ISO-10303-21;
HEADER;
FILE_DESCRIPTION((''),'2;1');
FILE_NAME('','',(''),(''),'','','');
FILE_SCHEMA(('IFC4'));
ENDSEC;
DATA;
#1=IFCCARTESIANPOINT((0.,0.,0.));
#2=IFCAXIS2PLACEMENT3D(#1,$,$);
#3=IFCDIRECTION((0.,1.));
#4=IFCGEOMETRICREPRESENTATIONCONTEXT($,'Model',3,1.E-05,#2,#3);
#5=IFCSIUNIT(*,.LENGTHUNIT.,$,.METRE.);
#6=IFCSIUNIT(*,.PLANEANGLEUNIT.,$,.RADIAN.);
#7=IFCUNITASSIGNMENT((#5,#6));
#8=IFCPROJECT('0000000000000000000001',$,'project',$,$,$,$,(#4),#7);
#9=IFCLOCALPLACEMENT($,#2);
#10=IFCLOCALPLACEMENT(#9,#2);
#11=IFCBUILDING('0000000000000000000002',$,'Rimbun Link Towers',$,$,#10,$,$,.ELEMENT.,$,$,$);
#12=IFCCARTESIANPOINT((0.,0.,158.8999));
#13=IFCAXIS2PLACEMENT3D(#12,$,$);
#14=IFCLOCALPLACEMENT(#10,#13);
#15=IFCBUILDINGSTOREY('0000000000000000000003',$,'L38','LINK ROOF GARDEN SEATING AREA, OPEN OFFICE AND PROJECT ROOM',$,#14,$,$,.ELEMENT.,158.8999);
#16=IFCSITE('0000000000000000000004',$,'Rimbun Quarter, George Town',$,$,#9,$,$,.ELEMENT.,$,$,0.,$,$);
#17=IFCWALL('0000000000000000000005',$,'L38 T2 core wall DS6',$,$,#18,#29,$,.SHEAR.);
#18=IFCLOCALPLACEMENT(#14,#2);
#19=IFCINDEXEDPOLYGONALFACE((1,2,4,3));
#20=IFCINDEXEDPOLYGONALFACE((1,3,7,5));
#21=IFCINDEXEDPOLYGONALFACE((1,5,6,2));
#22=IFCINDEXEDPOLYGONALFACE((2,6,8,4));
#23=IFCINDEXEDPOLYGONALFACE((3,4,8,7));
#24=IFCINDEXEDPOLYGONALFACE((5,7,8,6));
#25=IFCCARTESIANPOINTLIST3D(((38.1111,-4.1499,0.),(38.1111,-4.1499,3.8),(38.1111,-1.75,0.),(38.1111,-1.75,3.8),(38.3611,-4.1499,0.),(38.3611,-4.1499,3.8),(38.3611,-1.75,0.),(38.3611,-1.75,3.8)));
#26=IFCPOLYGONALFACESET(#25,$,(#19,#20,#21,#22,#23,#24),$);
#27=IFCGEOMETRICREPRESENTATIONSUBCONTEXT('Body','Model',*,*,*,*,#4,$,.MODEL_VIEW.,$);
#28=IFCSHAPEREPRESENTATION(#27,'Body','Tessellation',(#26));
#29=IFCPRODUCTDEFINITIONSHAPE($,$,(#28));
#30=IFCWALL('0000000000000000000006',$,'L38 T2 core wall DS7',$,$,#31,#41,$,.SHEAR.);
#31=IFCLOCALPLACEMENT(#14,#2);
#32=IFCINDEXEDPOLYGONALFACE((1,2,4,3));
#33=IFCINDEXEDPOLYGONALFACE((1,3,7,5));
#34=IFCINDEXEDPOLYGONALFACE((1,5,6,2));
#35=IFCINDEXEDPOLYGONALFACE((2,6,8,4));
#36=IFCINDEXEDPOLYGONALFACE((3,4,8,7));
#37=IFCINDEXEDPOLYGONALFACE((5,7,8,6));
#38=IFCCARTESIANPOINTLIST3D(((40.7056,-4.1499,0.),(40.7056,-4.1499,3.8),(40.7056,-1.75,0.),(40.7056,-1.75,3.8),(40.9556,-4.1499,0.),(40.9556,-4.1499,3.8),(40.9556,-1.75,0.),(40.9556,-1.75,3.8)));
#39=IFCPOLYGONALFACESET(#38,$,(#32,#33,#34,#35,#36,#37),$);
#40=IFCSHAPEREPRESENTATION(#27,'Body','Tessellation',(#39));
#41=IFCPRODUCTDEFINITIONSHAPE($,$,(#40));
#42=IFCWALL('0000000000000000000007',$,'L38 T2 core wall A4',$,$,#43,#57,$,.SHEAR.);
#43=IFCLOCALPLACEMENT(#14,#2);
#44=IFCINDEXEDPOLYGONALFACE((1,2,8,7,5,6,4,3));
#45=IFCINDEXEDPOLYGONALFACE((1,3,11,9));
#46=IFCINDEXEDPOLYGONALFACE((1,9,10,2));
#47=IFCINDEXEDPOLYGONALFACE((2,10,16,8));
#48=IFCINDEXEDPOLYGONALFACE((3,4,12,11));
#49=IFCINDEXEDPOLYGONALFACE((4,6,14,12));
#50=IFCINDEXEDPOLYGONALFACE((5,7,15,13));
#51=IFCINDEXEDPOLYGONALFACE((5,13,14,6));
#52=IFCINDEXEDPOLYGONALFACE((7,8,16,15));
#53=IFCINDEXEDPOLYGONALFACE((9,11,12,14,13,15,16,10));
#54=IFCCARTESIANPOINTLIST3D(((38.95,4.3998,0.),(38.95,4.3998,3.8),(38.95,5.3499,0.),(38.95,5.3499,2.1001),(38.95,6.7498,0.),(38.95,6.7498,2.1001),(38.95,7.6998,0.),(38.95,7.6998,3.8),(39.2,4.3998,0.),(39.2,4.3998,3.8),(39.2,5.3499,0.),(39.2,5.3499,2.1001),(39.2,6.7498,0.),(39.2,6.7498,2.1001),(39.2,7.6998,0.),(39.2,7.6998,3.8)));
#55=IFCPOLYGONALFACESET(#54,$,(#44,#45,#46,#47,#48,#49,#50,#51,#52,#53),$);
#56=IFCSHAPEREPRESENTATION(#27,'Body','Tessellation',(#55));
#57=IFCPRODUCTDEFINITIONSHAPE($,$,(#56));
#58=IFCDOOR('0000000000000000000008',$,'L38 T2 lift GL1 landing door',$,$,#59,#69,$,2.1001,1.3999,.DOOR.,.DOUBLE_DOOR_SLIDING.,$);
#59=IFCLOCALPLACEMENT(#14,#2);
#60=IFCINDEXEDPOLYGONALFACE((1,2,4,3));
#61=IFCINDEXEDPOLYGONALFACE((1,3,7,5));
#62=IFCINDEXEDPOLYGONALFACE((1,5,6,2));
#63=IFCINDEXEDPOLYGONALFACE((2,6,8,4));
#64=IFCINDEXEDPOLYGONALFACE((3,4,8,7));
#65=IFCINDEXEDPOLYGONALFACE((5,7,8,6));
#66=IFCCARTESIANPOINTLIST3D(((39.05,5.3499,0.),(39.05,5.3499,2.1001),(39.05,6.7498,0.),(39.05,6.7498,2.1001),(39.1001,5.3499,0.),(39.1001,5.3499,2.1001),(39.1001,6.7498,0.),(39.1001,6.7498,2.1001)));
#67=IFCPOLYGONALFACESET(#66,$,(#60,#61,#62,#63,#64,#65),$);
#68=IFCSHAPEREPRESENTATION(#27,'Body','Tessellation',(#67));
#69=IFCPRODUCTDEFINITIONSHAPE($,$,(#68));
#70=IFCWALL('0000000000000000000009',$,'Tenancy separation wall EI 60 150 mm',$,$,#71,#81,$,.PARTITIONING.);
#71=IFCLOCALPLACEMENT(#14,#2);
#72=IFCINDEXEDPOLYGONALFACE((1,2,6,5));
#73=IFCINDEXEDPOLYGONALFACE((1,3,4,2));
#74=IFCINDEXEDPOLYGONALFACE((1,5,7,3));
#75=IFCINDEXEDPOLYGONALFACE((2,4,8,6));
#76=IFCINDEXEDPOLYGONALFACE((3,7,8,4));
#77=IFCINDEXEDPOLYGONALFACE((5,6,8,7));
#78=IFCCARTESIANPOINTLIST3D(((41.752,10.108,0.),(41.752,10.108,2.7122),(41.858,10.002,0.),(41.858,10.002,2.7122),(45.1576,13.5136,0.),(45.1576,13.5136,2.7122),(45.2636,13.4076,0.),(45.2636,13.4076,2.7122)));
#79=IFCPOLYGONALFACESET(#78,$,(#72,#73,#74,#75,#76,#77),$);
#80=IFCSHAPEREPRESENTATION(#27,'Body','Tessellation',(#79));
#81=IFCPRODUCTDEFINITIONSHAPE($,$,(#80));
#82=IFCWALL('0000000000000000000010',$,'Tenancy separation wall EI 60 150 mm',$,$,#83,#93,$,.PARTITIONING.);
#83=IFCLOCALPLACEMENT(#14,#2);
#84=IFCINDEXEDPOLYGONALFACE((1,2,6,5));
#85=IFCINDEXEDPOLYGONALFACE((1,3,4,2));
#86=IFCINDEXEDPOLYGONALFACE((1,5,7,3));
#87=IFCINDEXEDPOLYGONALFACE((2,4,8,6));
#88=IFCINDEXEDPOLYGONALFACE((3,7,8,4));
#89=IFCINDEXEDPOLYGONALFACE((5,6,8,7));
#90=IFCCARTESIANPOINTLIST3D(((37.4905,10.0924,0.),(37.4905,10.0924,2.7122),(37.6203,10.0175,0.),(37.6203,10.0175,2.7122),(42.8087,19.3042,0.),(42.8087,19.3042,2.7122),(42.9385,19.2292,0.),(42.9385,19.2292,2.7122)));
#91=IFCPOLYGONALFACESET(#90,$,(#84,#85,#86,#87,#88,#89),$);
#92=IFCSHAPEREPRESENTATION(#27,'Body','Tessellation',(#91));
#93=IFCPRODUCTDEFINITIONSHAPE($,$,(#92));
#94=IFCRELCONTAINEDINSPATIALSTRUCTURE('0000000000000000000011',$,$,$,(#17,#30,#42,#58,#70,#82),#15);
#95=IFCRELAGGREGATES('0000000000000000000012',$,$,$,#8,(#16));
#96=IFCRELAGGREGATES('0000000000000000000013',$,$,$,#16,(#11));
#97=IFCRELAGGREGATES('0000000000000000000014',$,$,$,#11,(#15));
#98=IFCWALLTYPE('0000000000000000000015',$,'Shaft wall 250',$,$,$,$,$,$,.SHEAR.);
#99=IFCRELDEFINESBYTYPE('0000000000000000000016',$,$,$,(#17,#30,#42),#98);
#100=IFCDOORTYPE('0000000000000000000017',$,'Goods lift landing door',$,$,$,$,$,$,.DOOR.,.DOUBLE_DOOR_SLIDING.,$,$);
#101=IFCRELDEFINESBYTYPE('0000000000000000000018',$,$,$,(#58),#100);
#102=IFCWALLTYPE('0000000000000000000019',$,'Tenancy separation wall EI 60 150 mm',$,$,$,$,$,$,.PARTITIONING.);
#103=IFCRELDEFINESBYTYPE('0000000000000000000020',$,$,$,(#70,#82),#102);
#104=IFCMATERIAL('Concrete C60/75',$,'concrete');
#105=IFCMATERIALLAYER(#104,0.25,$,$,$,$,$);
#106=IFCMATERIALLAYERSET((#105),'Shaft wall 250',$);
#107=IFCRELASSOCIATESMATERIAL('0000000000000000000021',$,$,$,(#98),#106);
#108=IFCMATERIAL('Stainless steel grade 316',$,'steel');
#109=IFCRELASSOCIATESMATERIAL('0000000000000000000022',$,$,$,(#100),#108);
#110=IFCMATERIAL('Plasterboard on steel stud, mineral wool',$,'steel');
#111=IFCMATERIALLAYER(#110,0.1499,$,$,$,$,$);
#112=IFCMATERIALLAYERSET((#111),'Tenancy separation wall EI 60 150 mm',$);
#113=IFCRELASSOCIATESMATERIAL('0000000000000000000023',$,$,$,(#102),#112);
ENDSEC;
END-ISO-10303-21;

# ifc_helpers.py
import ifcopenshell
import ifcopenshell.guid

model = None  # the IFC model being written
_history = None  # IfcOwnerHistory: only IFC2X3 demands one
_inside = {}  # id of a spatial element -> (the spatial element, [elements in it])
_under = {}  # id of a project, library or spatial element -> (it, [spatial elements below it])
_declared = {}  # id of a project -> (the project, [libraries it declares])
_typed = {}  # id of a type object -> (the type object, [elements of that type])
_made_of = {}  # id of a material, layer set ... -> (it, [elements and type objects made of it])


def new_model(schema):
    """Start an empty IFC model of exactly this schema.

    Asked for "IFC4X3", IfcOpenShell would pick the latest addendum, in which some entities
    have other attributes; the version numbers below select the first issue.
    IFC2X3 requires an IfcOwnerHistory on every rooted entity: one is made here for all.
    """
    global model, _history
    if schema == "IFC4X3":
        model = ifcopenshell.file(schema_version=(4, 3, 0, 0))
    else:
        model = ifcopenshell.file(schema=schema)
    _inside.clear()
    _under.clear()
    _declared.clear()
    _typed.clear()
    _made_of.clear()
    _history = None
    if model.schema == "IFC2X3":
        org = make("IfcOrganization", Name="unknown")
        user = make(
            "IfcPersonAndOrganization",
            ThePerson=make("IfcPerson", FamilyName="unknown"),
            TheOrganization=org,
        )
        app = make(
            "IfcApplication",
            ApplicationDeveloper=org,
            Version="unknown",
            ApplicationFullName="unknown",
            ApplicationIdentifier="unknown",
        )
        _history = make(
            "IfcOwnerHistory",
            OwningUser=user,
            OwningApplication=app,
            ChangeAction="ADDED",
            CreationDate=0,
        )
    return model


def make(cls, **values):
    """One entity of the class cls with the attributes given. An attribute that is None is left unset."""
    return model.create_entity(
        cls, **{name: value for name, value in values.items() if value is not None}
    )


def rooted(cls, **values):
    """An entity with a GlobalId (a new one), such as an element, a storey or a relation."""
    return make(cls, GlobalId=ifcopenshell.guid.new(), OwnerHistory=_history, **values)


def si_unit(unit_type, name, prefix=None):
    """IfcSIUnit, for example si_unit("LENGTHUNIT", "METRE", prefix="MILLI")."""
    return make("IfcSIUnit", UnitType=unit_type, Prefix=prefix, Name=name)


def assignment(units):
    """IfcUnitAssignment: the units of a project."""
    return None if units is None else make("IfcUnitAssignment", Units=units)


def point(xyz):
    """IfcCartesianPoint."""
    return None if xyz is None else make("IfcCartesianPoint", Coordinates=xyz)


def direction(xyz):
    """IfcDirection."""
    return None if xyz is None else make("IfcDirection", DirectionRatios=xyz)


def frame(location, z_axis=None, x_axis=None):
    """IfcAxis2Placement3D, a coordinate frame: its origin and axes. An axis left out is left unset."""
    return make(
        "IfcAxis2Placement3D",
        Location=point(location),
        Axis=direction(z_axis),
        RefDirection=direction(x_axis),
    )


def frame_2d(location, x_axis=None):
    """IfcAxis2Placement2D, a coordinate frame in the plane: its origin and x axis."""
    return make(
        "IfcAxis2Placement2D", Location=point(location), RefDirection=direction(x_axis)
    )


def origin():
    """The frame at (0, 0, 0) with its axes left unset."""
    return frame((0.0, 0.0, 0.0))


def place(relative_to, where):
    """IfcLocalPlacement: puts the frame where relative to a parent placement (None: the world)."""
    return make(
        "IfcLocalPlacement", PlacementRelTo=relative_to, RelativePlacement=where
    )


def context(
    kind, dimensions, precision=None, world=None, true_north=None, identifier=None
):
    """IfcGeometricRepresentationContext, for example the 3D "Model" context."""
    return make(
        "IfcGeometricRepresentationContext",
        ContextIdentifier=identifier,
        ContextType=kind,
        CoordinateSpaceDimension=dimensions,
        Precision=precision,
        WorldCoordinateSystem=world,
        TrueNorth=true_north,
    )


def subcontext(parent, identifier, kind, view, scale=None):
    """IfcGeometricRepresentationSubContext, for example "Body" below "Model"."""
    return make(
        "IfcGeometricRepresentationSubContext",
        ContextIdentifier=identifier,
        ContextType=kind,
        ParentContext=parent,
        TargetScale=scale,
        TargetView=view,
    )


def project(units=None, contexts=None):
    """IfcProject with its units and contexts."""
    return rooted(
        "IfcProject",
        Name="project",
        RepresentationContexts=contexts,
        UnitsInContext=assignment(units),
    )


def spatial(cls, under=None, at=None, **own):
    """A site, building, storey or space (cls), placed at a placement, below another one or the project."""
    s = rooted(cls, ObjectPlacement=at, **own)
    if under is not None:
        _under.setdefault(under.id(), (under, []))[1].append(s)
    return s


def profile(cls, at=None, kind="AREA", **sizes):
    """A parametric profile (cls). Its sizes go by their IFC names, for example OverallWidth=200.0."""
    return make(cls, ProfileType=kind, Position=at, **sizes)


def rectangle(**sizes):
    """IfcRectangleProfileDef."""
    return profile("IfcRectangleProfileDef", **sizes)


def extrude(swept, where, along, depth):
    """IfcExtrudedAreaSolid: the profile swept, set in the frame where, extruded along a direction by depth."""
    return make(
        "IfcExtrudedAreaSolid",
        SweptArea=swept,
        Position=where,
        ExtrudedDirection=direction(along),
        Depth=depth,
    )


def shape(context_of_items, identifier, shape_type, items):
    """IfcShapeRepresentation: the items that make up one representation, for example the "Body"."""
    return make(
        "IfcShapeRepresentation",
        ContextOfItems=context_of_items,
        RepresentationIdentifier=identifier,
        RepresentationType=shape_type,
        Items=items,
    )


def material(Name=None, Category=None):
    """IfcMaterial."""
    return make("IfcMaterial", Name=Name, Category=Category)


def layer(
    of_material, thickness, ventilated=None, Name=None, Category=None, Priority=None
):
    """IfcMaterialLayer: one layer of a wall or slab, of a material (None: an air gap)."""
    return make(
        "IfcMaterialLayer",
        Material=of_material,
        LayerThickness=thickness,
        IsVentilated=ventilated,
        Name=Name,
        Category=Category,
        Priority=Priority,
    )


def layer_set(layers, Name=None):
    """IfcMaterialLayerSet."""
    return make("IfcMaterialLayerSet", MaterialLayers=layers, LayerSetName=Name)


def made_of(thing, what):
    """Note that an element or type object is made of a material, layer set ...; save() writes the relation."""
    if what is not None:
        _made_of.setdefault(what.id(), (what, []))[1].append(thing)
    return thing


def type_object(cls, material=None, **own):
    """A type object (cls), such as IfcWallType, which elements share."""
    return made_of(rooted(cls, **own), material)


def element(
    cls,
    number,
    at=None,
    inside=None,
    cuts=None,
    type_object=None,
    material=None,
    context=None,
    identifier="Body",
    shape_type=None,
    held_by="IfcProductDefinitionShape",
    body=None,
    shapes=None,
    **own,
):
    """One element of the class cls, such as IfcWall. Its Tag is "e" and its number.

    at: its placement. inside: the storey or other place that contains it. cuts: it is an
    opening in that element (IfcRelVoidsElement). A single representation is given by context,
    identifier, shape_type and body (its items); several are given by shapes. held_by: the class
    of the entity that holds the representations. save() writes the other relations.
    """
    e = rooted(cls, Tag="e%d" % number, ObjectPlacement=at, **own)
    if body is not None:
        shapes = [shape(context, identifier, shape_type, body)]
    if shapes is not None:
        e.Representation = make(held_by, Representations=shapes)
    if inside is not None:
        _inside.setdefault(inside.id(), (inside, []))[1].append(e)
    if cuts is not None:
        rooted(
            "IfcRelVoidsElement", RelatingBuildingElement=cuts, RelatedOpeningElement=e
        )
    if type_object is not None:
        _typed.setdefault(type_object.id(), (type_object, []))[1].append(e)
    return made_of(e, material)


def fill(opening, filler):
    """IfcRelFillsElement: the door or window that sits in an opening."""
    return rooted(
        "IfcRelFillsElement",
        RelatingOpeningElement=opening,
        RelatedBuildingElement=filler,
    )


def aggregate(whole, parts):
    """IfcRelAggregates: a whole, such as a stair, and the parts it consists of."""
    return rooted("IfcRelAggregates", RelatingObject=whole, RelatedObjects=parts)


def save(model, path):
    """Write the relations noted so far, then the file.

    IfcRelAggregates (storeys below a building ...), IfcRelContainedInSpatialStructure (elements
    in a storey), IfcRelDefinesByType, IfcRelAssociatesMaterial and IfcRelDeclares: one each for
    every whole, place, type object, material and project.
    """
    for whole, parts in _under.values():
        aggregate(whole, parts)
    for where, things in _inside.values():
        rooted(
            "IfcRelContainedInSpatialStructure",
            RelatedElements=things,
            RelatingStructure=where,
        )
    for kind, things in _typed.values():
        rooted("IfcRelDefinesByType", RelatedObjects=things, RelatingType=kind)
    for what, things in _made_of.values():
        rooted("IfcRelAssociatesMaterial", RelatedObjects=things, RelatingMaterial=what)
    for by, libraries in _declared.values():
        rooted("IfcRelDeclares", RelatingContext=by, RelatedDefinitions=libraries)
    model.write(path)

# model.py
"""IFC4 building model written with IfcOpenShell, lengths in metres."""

from ifc_helpers import new_model, si_unit, direction, frame, frame_2d, origin, place, context, subcontext, project, spatial, rectangle, extrude, material, layer, layer_set, type_object, element, fill, save


model = new_model("IFC4")

# Units and contexts
model_context = context("Model", 3, precision=1e-05, world=origin(), true_north=direction((0.0, 1.0)))
body_context = subcontext(model_context, "Body", "Model", "MODEL_VIEW")
ifc_project = project(units=[si_unit("LENGTHUNIT", "METRE"), si_unit("PLANEANGLEUNIT", "RADIAN")], contexts=[model_context])

# Site, building, storey
site_placement = place(None, origin())
site = spatial("IfcSite", under=ifc_project, at=site_placement, Name="Rimbun Quarter, George Town", CompositionType="ELEMENT", RefElevation=0.0)
building_placement = place(site_placement, origin())
building = spatial("IfcBuilding", under=site, at=building_placement, Name="Rimbun Link Towers", CompositionType="ELEMENT")
storey_placement = place(building_placement, frame((0.0, 0.0, 158.8999)))
storey = spatial("IfcBuildingStorey", under=building, at=storey_placement, Name="L38", Description="LINK ROOF GARDEN SEATING AREA, OPEN OFFICE AND PROJECT ROOM", CompositionType="ELEMENT", Elevation=158.8999)

# Walls
ifc_material_1 = material(Name="Concrete C60/75", Category="concrete")
ifc_layer_1 = layer(ifc_material_1, 0.25)
ifc_layer_set_1 = layer_set([ifc_layer_1], Name="Shaft wall 250")
wall_type_1 = type_object("IfcWallType", Name="Shaft wall 250", PredefinedType="SHEAR", material=ifc_layer_set_1)
for number, where, z_axis, x_axis, name in (
    (1, (38.2361, -4.1499, 0.0), (0.0, 0.0, 1.0), (0.0, 1.0, 0.0), "L38 T2 core wall DS6"),
    (2, (40.8306, -4.1499, 0.0), (0.0, 0.0, 1.0), (0.0, 1.0, 0.0), "L38 T2 core wall DS7"),
):
    element("IfcWall", number, at=place(storey_placement, frame(where, z_axis=z_axis, x_axis=x_axis)), inside=storey, type_object=wall_type_1, Name=name, PredefinedType="SHEAR", context=body_context, shape_type="SweptSolid", body=[
        extrude(rectangle(XDim=2.3999, YDim=0.25, at=frame_2d((1.2, 0.0))), origin(), (0.0, 0.0, 1.0), 3.8),
    ])

# Wall, opening, door
wall_1_placement = place(storey_placement, frame((39.075, 4.3999, 0.0), z_axis=(0.0, 0.0, 1.0), x_axis=(0.0, 1.0, 0.0)))
wall_1 = element("IfcWall", 3, at=wall_1_placement, inside=storey, type_object=wall_type_1, Name="L38 T2 core wall A4", PredefinedType="SHEAR", context=body_context, shape_type="SweptSolid", body=[
    extrude(rectangle(XDim=3.3, YDim=0.25, at=frame_2d((1.6499, 0.0))), origin(), (0.0, 0.0, 1.0), 3.8),
])
opening_1_placement = place(wall_1_placement, frame((0.95, 0.0, 0.0)))
opening_1 = element("IfcOpeningElement", 4, at=opening_1_placement, cuts=wall_1, PredefinedType="OPENING", context=body_context, shape_type="SweptSolid", body=[
    extrude(rectangle(XDim=1.3999, YDim=2.1001, at=frame_2d((0.7, 1.05))), frame((0.0, 0.135, 0.0), z_axis=(0.0, -1.0, 0.0), x_axis=(1.0, 0.0, 0.0)), (0.0, 0.0, 1.0), 0.27),
])
ifc_material_2 = material(Name="Stainless steel grade 316", Category="steel")
door_type = type_object("IfcDoorType", Name="Goods lift landing door", OperationType="DOUBLE_DOOR_SLIDING", PredefinedType="DOOR", material=ifc_material_2)
door_placement = place(opening_1_placement, origin())
door = element("IfcDoor", 5, at=door_placement, inside=storey, type_object=door_type, Name="L38 T2 lift GL1 landing door", OperationType="DOUBLE_DOOR_SLIDING", OverallHeight=2.1001, OverallWidth=1.3999, PredefinedType="DOOR", context=body_context, shape_type="SweptSolid", body=[
    extrude(rectangle(XDim=1.3999, YDim=2.1001, at=frame_2d((0.7, 1.05))), frame((0.0, 0.0249, 0.0), z_axis=(0.0, -1.0, 0.0), x_axis=(1.0, 0.0, 0.0)), (0.0, 0.0, 1.0), 0.05),
])
fill(opening_1, door)

# Walls
ifc_material_3 = material(Name="Plasterboard on steel stud, mineral wool", Category="steel")
ifc_layer_2 = layer(ifc_material_3, 0.1499)
ifc_layer_set_2 = layer_set([ifc_layer_2], Name="Tenancy separation wall EI 60 150 mm")
wall_type_2 = type_object("IfcWallType", Name="Tenancy separation wall EI 60 150 mm", PredefinedType="PARTITIONING", material=ifc_layer_set_2)
wall_2_placement = place(storey_placement, frame((41.8049, 10.0549, 0.0), z_axis=(0.0, 0.0, 1.0), x_axis=(0.707107, 0.707107, 0.0)))
element("IfcWall", 6, at=wall_2_placement, inside=storey, type_object=wall_type_2, Name="Tenancy separation wall EI 60 150 mm", PredefinedType="PARTITIONING", context=body_context, shape_type="SweptSolid", body=[
    extrude(rectangle(XDim=4.8162, YDim=0.1499, at=frame_2d((2.4082, 0.0))), origin(), (0.0, 0.0, 1.0), 2.7122),
])
wall_3_placement = place(storey_placement, frame((37.5554, 10.0549, 0.0), z_axis=(0.0, 0.0, 1.0), x_axis=(0.499983, 0.866035, 0.0)))
element("IfcWall", 7, at=wall_3_placement, inside=storey, type_object=wall_type_2, Name="Tenancy separation wall EI 60 150 mm", PredefinedType="PARTITIONING", context=body_context, shape_type="SweptSolid", body=[
    extrude(rectangle(XDim=10.6367, YDim=0.1499, at=frame_2d((5.3184, 0.0))), origin(), (0.0, 0.0, 1.0), 2.7122),
])

save(model, "model.ifc")
